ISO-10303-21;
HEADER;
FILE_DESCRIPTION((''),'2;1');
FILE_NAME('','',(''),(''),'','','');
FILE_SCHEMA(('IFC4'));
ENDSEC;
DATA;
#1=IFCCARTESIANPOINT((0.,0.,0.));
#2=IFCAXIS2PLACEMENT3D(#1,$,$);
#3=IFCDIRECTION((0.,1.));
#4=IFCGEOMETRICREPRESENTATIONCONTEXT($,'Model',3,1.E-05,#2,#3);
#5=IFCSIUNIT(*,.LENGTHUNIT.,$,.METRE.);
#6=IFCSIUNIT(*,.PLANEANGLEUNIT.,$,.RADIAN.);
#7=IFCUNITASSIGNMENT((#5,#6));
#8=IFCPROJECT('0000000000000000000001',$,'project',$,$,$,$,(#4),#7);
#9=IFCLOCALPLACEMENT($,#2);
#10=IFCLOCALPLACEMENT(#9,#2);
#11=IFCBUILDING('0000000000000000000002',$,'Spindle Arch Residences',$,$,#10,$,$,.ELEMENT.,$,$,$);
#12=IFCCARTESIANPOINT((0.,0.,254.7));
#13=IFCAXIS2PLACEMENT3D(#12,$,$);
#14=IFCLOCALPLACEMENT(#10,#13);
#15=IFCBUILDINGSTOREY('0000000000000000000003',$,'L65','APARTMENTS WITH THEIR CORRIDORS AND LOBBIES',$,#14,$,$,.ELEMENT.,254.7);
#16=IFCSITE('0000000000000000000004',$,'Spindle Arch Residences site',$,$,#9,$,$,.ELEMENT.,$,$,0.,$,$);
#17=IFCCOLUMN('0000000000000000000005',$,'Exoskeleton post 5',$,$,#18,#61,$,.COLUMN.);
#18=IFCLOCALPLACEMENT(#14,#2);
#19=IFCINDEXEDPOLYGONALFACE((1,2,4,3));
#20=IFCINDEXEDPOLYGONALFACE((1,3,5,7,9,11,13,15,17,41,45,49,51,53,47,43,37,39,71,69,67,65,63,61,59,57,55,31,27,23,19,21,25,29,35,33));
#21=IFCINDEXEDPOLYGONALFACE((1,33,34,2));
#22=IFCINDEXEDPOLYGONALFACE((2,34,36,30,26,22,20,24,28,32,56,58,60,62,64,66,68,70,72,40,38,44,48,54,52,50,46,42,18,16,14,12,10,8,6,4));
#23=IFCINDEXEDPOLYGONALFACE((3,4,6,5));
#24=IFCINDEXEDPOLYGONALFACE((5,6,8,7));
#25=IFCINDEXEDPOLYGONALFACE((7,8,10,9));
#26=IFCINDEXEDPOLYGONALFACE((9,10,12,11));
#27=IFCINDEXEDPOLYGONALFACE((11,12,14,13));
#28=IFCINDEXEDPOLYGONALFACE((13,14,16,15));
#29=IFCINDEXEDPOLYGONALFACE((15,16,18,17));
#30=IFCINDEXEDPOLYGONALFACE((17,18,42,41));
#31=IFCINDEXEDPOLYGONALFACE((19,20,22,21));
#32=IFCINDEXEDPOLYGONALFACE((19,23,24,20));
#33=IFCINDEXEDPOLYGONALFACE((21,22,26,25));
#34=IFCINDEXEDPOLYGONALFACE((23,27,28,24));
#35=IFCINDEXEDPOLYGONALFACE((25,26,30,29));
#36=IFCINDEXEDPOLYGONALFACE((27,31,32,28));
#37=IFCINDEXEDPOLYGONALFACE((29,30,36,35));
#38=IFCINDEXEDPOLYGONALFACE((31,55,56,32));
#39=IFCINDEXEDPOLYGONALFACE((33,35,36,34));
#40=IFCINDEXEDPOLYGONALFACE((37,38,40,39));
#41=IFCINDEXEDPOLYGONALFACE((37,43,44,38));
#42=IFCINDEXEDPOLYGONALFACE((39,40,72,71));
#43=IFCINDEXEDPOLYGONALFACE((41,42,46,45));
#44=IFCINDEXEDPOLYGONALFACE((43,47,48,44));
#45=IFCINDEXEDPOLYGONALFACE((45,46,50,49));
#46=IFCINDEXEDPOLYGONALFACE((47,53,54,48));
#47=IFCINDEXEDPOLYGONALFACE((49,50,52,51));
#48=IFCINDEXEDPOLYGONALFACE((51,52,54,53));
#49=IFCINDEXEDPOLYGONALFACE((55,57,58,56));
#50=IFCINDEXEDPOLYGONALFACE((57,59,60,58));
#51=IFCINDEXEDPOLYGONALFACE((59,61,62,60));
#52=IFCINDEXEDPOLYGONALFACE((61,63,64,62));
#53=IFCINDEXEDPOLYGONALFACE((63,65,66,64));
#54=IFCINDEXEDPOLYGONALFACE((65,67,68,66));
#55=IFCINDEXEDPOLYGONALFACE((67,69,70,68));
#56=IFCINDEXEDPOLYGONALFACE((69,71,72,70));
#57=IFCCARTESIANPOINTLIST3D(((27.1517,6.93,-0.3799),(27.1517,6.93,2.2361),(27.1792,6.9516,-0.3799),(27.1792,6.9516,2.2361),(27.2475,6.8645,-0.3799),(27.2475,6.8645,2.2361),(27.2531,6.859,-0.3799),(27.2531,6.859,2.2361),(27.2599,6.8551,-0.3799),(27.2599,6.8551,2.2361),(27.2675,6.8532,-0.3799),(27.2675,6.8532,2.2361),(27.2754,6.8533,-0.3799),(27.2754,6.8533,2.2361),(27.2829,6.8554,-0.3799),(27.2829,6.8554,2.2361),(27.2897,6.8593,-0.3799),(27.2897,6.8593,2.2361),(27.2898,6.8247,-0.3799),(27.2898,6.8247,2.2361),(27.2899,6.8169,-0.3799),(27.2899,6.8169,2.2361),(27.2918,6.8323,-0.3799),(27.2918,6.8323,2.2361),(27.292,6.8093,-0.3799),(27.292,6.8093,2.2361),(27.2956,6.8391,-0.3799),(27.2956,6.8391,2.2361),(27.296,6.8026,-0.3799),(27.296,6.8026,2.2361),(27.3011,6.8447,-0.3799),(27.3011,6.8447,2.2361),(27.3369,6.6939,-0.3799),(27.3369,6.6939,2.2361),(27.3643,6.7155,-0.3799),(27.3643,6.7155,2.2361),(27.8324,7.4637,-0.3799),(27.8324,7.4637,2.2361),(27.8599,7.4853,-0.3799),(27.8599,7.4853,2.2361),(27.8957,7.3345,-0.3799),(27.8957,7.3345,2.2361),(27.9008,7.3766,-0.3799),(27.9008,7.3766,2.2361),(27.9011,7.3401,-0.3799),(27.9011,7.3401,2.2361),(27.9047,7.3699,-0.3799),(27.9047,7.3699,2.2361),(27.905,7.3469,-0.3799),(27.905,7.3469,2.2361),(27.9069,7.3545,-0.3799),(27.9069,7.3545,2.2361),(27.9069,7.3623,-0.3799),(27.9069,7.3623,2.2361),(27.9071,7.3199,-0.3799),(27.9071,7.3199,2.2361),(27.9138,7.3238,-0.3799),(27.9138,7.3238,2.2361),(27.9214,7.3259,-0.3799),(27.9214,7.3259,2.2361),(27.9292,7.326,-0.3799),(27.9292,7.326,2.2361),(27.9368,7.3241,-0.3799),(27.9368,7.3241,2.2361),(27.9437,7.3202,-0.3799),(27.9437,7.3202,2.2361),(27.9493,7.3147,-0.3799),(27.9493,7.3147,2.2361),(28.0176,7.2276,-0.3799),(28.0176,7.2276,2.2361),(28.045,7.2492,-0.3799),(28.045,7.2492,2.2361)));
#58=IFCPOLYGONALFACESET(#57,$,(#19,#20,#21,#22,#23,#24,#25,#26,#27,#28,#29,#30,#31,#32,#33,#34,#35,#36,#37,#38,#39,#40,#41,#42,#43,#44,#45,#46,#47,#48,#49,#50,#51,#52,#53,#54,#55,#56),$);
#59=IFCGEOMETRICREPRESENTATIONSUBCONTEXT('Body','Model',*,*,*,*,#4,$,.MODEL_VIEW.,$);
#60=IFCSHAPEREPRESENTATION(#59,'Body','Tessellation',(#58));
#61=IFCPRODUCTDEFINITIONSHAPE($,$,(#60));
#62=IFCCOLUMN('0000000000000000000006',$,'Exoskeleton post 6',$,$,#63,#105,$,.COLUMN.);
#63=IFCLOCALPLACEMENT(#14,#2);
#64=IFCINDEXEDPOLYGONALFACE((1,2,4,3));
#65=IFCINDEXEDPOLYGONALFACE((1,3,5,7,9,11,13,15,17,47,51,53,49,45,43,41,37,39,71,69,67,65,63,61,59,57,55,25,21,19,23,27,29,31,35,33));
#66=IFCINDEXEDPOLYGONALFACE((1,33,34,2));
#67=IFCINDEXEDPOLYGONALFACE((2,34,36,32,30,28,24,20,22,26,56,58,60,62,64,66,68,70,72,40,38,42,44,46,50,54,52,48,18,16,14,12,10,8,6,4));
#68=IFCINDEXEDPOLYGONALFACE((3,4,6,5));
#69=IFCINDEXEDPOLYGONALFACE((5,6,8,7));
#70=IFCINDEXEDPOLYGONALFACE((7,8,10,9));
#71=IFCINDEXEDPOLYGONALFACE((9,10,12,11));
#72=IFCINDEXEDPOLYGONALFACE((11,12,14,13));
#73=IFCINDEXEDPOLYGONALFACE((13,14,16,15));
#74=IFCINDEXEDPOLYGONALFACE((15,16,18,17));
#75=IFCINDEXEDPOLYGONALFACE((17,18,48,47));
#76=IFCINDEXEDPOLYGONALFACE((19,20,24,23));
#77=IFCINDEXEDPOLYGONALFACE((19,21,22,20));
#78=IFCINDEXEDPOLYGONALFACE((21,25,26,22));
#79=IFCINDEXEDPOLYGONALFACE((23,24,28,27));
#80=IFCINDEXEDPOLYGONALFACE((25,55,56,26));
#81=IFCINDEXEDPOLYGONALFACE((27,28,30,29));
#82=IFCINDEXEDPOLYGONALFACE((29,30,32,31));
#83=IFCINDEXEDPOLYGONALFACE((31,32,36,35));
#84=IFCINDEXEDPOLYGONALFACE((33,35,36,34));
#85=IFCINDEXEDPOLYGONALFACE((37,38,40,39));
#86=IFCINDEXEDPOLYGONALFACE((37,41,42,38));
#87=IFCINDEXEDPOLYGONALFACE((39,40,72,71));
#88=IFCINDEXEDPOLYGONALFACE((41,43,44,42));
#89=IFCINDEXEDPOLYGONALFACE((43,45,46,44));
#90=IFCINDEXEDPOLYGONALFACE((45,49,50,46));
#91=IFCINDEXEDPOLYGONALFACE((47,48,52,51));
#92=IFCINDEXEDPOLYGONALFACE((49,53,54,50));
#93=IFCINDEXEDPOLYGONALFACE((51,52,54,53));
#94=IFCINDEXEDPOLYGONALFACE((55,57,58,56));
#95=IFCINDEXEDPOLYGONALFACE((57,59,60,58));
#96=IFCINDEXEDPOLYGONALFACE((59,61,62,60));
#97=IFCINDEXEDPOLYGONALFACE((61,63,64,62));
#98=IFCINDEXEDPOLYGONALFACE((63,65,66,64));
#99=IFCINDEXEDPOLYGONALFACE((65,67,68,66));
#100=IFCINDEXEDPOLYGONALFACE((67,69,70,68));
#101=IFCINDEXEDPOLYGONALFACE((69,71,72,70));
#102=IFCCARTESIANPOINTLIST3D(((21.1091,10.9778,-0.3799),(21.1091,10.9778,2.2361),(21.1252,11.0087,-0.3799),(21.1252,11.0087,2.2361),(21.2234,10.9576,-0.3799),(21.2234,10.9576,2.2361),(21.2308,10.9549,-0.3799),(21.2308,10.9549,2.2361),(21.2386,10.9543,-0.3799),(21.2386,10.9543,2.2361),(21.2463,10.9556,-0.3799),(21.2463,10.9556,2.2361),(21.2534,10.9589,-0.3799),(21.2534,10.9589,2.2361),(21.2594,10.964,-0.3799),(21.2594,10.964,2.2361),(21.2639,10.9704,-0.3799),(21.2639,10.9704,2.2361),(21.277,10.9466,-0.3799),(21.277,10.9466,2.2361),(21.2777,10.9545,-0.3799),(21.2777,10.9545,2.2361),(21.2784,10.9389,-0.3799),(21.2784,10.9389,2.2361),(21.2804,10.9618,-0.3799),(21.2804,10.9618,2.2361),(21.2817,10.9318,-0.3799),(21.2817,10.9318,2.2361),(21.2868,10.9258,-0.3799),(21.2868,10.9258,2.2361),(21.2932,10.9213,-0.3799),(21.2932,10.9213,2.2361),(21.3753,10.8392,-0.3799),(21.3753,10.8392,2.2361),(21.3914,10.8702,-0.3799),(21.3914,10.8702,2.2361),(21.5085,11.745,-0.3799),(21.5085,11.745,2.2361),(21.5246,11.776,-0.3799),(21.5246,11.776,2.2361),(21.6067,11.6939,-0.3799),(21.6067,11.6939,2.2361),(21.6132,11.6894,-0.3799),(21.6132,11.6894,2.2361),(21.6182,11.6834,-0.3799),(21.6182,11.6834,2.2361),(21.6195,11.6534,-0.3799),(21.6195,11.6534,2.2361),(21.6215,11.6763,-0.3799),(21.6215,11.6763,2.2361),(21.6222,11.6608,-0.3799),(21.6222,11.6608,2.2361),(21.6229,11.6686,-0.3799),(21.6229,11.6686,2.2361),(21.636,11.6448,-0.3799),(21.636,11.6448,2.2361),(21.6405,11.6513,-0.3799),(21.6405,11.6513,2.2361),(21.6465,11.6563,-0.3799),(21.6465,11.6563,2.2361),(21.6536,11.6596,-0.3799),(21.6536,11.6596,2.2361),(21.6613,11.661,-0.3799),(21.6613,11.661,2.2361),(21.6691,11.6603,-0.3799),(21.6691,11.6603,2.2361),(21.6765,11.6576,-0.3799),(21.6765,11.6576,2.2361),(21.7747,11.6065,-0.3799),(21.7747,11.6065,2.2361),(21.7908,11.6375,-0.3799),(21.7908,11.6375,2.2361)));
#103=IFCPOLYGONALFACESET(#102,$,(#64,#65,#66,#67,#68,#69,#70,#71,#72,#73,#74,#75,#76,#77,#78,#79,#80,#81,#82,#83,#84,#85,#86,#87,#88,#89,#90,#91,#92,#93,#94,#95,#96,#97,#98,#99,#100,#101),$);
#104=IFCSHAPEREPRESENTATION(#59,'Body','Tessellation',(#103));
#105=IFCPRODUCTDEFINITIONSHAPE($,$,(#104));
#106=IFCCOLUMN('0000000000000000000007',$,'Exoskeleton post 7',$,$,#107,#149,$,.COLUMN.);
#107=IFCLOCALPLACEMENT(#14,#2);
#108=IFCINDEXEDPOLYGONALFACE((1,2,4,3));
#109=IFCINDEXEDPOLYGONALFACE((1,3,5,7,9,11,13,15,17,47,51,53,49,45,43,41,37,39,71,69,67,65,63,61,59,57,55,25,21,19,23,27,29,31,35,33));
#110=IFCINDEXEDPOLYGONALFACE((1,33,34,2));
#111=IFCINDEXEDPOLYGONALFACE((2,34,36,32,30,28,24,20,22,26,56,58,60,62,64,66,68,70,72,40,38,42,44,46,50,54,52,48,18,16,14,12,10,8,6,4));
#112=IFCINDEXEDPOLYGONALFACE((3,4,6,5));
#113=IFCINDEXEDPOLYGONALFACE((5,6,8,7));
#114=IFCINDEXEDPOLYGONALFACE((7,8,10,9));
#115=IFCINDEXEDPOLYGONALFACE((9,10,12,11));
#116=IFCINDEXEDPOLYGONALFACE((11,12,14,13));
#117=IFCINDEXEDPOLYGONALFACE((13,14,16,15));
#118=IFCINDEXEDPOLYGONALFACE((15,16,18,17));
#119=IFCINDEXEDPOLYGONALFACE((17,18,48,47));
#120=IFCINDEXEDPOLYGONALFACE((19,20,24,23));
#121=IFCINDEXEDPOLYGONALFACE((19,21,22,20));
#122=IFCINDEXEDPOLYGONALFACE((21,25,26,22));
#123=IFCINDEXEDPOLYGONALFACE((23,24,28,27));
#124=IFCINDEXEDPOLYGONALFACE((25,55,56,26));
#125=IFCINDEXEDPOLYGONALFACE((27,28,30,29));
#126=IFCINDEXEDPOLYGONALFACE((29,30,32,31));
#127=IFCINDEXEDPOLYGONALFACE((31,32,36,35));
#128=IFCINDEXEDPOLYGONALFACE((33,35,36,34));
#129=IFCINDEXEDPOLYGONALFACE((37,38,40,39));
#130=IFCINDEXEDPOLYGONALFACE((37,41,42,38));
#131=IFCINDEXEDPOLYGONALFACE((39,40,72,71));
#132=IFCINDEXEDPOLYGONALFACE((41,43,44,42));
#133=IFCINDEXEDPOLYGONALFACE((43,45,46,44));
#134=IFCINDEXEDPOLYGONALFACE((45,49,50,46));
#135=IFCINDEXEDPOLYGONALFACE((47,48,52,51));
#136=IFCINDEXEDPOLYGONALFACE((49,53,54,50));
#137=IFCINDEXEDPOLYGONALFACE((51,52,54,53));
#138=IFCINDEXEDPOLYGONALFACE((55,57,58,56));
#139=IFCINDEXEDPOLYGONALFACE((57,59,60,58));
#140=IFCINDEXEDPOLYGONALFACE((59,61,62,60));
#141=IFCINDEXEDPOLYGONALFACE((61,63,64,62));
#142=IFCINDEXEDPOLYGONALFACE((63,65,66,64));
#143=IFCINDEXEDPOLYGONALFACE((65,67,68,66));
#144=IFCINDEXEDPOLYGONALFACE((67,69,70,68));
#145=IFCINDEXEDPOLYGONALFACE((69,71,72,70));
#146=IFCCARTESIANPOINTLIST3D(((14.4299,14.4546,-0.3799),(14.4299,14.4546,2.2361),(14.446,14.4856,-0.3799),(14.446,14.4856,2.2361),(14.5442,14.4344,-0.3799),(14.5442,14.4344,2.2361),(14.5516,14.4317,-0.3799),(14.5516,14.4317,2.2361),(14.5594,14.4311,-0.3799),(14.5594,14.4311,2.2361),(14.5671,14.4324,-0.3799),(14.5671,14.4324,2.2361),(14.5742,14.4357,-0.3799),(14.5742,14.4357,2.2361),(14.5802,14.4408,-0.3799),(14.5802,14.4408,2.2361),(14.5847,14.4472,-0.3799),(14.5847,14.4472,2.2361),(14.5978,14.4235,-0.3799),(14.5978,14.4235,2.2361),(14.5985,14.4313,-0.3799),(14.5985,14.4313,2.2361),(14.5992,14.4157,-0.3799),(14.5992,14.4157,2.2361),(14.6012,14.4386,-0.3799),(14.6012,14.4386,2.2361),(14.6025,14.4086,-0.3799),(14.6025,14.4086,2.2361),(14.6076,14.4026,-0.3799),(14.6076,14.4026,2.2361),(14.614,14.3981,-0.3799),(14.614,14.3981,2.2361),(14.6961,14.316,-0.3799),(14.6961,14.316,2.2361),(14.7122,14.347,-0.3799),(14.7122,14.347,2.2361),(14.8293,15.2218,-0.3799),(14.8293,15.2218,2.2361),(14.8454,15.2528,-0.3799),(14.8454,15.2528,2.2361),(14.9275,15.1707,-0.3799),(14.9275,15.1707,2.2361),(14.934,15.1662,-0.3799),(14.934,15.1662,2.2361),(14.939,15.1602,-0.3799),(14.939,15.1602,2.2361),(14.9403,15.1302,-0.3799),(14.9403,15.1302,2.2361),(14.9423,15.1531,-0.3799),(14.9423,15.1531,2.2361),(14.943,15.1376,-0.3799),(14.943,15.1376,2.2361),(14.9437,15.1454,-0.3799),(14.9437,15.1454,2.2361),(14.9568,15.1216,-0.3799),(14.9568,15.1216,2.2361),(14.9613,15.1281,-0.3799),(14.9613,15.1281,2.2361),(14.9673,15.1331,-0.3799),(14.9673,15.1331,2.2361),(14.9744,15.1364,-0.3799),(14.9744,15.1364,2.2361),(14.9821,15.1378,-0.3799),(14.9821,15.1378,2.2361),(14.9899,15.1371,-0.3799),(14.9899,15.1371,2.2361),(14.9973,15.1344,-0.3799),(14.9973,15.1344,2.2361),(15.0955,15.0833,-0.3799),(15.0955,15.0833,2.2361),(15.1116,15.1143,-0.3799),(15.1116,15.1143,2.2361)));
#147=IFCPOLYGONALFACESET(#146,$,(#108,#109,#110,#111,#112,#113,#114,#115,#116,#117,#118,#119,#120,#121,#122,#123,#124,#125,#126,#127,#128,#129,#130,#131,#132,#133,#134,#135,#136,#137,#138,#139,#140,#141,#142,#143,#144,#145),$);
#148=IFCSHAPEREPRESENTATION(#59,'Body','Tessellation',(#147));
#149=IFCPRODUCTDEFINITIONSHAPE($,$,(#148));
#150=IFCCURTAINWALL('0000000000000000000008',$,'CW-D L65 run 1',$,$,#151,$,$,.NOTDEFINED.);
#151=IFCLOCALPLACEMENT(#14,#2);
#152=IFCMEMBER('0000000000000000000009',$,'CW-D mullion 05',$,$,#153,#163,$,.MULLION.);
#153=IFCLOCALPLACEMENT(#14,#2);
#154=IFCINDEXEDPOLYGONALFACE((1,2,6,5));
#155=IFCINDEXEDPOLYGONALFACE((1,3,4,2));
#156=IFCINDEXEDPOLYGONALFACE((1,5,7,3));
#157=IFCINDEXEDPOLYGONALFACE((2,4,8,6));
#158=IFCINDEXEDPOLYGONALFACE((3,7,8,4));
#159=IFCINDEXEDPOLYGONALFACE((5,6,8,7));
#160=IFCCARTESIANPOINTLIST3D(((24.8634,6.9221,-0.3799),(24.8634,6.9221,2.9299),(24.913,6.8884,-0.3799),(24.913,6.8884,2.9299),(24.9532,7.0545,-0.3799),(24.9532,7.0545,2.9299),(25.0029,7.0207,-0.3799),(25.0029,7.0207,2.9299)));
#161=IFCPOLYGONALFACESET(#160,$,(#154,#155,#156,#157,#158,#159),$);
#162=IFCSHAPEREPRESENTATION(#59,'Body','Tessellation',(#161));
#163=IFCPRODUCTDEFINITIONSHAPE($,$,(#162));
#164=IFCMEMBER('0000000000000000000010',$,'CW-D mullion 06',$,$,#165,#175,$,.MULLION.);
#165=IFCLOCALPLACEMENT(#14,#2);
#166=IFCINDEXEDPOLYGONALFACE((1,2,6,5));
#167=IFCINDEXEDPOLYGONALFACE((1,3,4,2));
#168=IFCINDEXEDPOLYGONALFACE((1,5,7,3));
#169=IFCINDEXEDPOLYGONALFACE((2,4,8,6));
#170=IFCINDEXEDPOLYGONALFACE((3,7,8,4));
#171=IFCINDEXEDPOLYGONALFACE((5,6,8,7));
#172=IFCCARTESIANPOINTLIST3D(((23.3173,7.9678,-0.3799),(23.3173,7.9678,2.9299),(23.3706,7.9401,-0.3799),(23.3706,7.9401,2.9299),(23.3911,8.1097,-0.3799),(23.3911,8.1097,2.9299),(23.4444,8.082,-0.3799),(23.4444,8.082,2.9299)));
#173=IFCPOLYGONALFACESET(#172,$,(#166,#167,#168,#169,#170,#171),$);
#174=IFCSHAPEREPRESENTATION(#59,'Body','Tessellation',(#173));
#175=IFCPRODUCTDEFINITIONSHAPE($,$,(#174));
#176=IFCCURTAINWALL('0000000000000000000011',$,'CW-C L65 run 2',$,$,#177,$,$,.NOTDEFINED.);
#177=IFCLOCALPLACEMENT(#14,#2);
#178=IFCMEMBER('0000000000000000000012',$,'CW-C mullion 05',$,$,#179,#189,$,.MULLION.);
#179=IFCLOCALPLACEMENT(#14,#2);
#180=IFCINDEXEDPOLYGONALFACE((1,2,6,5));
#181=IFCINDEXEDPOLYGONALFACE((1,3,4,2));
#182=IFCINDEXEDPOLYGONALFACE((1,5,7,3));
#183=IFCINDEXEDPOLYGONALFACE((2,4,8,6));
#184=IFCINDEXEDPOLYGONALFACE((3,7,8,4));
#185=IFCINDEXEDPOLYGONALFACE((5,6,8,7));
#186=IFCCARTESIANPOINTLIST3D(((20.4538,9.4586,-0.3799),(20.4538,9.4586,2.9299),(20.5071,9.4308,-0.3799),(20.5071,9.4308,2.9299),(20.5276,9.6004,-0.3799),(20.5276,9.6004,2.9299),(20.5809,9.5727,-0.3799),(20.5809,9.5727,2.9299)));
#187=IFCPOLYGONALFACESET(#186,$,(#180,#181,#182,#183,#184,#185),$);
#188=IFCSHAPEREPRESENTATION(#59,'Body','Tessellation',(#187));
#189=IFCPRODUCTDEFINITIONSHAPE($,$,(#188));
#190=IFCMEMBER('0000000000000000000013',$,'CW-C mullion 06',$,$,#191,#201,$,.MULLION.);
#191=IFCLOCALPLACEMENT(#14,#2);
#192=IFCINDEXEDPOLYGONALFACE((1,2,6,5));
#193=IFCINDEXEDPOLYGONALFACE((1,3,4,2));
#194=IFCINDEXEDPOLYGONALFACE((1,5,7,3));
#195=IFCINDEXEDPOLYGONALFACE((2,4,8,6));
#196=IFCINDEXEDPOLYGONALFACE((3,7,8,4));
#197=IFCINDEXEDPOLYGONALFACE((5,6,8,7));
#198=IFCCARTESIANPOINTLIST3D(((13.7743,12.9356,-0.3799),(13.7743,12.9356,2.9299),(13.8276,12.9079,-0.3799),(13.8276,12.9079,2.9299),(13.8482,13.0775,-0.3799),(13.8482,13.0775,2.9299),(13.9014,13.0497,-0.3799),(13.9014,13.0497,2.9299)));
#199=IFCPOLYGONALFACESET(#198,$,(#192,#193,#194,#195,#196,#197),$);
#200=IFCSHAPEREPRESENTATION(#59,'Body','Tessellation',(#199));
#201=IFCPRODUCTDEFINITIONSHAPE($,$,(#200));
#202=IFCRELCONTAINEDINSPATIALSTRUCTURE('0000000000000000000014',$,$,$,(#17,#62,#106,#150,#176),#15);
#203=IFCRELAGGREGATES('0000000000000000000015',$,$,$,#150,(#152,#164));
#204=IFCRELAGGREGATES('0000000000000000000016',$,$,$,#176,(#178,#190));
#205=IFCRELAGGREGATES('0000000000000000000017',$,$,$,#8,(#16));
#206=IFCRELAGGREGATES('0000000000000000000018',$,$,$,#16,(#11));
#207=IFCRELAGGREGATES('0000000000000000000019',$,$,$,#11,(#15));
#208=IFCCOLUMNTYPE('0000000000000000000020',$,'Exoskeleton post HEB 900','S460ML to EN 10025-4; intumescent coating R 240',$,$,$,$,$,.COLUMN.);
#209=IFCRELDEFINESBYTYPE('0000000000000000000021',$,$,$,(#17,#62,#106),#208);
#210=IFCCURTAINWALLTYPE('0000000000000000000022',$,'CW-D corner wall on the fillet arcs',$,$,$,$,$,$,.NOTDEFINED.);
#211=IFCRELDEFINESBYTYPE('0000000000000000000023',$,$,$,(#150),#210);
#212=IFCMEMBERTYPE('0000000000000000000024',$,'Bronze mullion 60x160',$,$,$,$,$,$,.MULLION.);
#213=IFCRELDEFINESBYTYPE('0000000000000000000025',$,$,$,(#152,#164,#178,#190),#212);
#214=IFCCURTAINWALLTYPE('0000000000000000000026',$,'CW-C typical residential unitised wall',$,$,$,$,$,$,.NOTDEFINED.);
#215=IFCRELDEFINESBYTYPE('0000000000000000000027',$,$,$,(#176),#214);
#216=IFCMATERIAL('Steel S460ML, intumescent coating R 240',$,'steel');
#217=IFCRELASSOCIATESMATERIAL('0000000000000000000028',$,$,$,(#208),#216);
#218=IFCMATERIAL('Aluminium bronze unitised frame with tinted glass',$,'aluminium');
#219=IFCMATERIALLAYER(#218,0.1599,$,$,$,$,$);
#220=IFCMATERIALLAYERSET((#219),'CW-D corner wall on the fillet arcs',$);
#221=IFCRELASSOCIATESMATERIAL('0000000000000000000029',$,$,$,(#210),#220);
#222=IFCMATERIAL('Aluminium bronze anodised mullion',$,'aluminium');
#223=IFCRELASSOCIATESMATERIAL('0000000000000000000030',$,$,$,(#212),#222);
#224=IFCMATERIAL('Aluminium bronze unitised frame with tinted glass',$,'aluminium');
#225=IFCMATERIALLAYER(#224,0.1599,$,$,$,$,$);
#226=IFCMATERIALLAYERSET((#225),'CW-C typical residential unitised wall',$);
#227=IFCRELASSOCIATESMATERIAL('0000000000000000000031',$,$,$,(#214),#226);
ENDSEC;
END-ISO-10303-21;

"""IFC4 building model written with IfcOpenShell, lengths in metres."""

from ifc_helpers import new_model, si_unit, direction, frame, origin, origin_2d, place, context, subcontext, project, spatial, rectangle, i_section, extrude, material, layer, layer_set, material_profile, profile_set, type_object, element, aggregate, save


model = new_model("IFC4")

# Units and contexts
model_context = context("Model", 3, precision=1e-05, world=origin(), true_north=direction((0.0, 1.0)))
body_context = subcontext(model_context, "Body", "Model", "MODEL_VIEW")
ifc_project = project(units=[si_unit("LENGTHUNIT", "METRE"), si_unit("PLANEANGLEUNIT", "RADIAN")], contexts=[model_context])

# Site, building, storey
site_placement = place(None, origin())
site = spatial("IfcSite", under=ifc_project, at=site_placement, Name="Spindle Arch Residences site", CompositionType="ELEMENT", RefElevation=0.0)
building_placement = place(site_placement, origin())
building = spatial("IfcBuilding", under=site, at=building_placement, Name="Spindle Arch Residences", CompositionType="ELEMENT")
storey_placement = place(building_placement, frame((0.0, 0.0, 254.7)))
storey = spatial("IfcBuildingStorey", under=building, at=storey_placement, Name="L65", Description="APARTMENTS WITH THEIR CORRIDORS AND LOBBIES", CompositionType="ELEMENT", Elevation=254.7)

# Columns
ifc_material_1 = material(Name="Steel S460ML, intumescent coating R 240", Category="steel")
ifc_material_profile_1 = material_profile(ifc_material_1, i_section(OverallWidth=0.3, OverallDepth=0.8999, WebThickness=0.0186, FlangeThickness=0.0349, FilletRadius=0.03, at=origin_2d()), Name="HEB 900")
ifc_profile_set_1 = profile_set([ifc_material_profile_1], Name="Steel S460ML, intumescent coating R 240")
column_type = type_object("IfcColumnType", Name="Exoskeleton post HEB 900", Description="S460ML to EN 10025-4; intumescent coating R 240", PredefinedType="COLUMN", material=ifc_profile_set_1)
for number, where, z_axis, x_axis, name in (
    (1, (27.5984, 7.0896, -0.3799), (0.0, 0.0, 1.0), (0.617002, -0.786962, 0.0), "Exoskeleton post 5"),
    (2, (21.45, 11.3076, -0.3799), (0.0, 0.0, 1.0), (0.887011, -0.461749, 0.0), "Exoskeleton post 6"),
    (3, (14.7708, 14.7844, -0.3799), (0.0, 0.0, 1.0), (0.887011, -0.461749, 0.0), "Exoskeleton post 7"),
):
    element("IfcColumn", number, at=place(storey_placement, frame(where, z_axis=z_axis, x_axis=x_axis)), inside=storey, type_object=column_type, Name=name, PredefinedType="COLUMN", context=body_context, shape_type="SweptSolid", body=[
        extrude(i_section(OverallWidth=0.3, OverallDepth=0.8999, WebThickness=0.0186, FlangeThickness=0.0349, FilletRadius=0.03, at=origin_2d()), origin(), (0.0, 0.0, 1.0), 2.616),
    ])

# Curtain walls, members
ifc_material_2 = material(Name="Aluminium bronze unitised frame with tinted glass", Category="aluminium")
ifc_layer_1 = layer(ifc_material_2, 0.1599)
ifc_layer_set_1 = layer_set([ifc_layer_1], Name="CW-D corner wall on the fillet arcs")
curtain_wall_type_1 = type_object("IfcCurtainWallType", Name="CW-D corner wall on the fillet arcs", PredefinedType="NOTDEFINED", material=ifc_layer_set_1)
curtain_wall_1_placement = place(storey_placement, origin())
curtain_wall_1 = element("IfcCurtainWall", 4, at=curtain_wall_1_placement, inside=storey, type_object=curtain_wall_type_1, Name="CW-D L65 run 1", PredefinedType="NOTDEFINED")
ifc_material_3 = material(Name="Aluminium bronze anodised mullion", Category="aluminium")
ifc_material_profile_2 = material_profile(ifc_material_3, rectangle(XDim=0.1599, YDim=0.0601, at=origin_2d()), Name="MU 60x160")
ifc_profile_set_2 = profile_set([ifc_material_profile_2], Name="Aluminium bronze anodised mullion")
member_type_1 = type_object("IfcMemberType", Name="Bronze mullion 60x160", PredefinedType="MULLION", material=ifc_profile_set_2)
member_1_placement = place(storey_placement, frame((24.9331, 6.9714, -0.3799), z_axis=(0.0, 0.0, 1.0), x_axis=(-0.561602, -0.827407, 0.0)))
member_1 = element("IfcMember", 5, at=member_1_placement, type_object=member_type_1, Name="CW-D mullion 05", PredefinedType="MULLION", context=body_context, shape_type="SweptSolid", body=[
    extrude(rectangle(XDim=0.1599, YDim=0.0601, at=origin_2d()), origin(), (0.0, 0.0, 1.0), 3.3098),
])
member_2_placement = place(storey_placement, frame((23.3809, 8.0249, -0.3799), z_axis=(0.0, 0.0, 1.0), x_axis=(-0.461749, -0.887011, 0.0)))
member_2 = element("IfcMember", 6, at=member_2_placement, type_object=member_type_1, Name="CW-D mullion 06", PredefinedType="MULLION", context=body_context, shape_type="SweptSolid", body=[
    extrude(rectangle(XDim=0.1599, YDim=0.0601, at=origin_2d()), origin(), (0.0, 0.0, 1.0), 3.3098),
])
ifc_material_4 = material(Name="Aluminium bronze unitised frame with tinted glass", Category="aluminium")
ifc_layer_2 = layer(ifc_material_4, 0.1599)
ifc_layer_set_2 = layer_set([ifc_layer_2], Name="CW-C typical residential unitised wall")
curtain_wall_type_2 = type_object("IfcCurtainWallType", Name="CW-C typical residential unitised wall", PredefinedType="NOTDEFINED", material=ifc_layer_set_2)
curtain_wall_2_placement = place(storey_placement, origin())
curtain_wall_2 = element("IfcCurtainWall", 7, at=curtain_wall_2_placement, inside=storey, type_object=curtain_wall_type_2, Name="CW-C L65 run 2", PredefinedType="NOTDEFINED")
member_3_placement = place(storey_placement, frame((20.5173, 9.5156, -0.3799), z_axis=(0.0, 0.0, 1.0), x_axis=(-0.461749, -0.887011, 0.0)))
member_3 = element("IfcMember", 8, at=member_3_placement, type_object=member_type_1, Name="CW-C mullion 05", PredefinedType="MULLION", context=body_context, shape_type="SweptSolid", body=[
    extrude(rectangle(XDim=0.1599, YDim=0.0601, at=origin_2d()), origin(), (0.0, 0.0, 1.0), 3.3098),
])
member_4_placement = place(storey_placement, frame((13.8379, 12.9927, -0.3799), z_axis=(0.0, 0.0, 1.0), x_axis=(-0.461749, -0.887011, 0.0)))
member_4 = element("IfcMember", 9, at=member_4_placement, type_object=member_type_1, Name="CW-C mullion 06", PredefinedType="MULLION", context=body_context, shape_type="SweptSolid", body=[
    extrude(rectangle(XDim=0.1599, YDim=0.0601, at=origin_2d()), origin(), (0.0, 0.0, 1.0), 3.3098),
])

aggregate(curtain_wall_1, [member_1, member_2])
aggregate(curtain_wall_2, [member_3, member_4])

save(model, "model.ifc")
